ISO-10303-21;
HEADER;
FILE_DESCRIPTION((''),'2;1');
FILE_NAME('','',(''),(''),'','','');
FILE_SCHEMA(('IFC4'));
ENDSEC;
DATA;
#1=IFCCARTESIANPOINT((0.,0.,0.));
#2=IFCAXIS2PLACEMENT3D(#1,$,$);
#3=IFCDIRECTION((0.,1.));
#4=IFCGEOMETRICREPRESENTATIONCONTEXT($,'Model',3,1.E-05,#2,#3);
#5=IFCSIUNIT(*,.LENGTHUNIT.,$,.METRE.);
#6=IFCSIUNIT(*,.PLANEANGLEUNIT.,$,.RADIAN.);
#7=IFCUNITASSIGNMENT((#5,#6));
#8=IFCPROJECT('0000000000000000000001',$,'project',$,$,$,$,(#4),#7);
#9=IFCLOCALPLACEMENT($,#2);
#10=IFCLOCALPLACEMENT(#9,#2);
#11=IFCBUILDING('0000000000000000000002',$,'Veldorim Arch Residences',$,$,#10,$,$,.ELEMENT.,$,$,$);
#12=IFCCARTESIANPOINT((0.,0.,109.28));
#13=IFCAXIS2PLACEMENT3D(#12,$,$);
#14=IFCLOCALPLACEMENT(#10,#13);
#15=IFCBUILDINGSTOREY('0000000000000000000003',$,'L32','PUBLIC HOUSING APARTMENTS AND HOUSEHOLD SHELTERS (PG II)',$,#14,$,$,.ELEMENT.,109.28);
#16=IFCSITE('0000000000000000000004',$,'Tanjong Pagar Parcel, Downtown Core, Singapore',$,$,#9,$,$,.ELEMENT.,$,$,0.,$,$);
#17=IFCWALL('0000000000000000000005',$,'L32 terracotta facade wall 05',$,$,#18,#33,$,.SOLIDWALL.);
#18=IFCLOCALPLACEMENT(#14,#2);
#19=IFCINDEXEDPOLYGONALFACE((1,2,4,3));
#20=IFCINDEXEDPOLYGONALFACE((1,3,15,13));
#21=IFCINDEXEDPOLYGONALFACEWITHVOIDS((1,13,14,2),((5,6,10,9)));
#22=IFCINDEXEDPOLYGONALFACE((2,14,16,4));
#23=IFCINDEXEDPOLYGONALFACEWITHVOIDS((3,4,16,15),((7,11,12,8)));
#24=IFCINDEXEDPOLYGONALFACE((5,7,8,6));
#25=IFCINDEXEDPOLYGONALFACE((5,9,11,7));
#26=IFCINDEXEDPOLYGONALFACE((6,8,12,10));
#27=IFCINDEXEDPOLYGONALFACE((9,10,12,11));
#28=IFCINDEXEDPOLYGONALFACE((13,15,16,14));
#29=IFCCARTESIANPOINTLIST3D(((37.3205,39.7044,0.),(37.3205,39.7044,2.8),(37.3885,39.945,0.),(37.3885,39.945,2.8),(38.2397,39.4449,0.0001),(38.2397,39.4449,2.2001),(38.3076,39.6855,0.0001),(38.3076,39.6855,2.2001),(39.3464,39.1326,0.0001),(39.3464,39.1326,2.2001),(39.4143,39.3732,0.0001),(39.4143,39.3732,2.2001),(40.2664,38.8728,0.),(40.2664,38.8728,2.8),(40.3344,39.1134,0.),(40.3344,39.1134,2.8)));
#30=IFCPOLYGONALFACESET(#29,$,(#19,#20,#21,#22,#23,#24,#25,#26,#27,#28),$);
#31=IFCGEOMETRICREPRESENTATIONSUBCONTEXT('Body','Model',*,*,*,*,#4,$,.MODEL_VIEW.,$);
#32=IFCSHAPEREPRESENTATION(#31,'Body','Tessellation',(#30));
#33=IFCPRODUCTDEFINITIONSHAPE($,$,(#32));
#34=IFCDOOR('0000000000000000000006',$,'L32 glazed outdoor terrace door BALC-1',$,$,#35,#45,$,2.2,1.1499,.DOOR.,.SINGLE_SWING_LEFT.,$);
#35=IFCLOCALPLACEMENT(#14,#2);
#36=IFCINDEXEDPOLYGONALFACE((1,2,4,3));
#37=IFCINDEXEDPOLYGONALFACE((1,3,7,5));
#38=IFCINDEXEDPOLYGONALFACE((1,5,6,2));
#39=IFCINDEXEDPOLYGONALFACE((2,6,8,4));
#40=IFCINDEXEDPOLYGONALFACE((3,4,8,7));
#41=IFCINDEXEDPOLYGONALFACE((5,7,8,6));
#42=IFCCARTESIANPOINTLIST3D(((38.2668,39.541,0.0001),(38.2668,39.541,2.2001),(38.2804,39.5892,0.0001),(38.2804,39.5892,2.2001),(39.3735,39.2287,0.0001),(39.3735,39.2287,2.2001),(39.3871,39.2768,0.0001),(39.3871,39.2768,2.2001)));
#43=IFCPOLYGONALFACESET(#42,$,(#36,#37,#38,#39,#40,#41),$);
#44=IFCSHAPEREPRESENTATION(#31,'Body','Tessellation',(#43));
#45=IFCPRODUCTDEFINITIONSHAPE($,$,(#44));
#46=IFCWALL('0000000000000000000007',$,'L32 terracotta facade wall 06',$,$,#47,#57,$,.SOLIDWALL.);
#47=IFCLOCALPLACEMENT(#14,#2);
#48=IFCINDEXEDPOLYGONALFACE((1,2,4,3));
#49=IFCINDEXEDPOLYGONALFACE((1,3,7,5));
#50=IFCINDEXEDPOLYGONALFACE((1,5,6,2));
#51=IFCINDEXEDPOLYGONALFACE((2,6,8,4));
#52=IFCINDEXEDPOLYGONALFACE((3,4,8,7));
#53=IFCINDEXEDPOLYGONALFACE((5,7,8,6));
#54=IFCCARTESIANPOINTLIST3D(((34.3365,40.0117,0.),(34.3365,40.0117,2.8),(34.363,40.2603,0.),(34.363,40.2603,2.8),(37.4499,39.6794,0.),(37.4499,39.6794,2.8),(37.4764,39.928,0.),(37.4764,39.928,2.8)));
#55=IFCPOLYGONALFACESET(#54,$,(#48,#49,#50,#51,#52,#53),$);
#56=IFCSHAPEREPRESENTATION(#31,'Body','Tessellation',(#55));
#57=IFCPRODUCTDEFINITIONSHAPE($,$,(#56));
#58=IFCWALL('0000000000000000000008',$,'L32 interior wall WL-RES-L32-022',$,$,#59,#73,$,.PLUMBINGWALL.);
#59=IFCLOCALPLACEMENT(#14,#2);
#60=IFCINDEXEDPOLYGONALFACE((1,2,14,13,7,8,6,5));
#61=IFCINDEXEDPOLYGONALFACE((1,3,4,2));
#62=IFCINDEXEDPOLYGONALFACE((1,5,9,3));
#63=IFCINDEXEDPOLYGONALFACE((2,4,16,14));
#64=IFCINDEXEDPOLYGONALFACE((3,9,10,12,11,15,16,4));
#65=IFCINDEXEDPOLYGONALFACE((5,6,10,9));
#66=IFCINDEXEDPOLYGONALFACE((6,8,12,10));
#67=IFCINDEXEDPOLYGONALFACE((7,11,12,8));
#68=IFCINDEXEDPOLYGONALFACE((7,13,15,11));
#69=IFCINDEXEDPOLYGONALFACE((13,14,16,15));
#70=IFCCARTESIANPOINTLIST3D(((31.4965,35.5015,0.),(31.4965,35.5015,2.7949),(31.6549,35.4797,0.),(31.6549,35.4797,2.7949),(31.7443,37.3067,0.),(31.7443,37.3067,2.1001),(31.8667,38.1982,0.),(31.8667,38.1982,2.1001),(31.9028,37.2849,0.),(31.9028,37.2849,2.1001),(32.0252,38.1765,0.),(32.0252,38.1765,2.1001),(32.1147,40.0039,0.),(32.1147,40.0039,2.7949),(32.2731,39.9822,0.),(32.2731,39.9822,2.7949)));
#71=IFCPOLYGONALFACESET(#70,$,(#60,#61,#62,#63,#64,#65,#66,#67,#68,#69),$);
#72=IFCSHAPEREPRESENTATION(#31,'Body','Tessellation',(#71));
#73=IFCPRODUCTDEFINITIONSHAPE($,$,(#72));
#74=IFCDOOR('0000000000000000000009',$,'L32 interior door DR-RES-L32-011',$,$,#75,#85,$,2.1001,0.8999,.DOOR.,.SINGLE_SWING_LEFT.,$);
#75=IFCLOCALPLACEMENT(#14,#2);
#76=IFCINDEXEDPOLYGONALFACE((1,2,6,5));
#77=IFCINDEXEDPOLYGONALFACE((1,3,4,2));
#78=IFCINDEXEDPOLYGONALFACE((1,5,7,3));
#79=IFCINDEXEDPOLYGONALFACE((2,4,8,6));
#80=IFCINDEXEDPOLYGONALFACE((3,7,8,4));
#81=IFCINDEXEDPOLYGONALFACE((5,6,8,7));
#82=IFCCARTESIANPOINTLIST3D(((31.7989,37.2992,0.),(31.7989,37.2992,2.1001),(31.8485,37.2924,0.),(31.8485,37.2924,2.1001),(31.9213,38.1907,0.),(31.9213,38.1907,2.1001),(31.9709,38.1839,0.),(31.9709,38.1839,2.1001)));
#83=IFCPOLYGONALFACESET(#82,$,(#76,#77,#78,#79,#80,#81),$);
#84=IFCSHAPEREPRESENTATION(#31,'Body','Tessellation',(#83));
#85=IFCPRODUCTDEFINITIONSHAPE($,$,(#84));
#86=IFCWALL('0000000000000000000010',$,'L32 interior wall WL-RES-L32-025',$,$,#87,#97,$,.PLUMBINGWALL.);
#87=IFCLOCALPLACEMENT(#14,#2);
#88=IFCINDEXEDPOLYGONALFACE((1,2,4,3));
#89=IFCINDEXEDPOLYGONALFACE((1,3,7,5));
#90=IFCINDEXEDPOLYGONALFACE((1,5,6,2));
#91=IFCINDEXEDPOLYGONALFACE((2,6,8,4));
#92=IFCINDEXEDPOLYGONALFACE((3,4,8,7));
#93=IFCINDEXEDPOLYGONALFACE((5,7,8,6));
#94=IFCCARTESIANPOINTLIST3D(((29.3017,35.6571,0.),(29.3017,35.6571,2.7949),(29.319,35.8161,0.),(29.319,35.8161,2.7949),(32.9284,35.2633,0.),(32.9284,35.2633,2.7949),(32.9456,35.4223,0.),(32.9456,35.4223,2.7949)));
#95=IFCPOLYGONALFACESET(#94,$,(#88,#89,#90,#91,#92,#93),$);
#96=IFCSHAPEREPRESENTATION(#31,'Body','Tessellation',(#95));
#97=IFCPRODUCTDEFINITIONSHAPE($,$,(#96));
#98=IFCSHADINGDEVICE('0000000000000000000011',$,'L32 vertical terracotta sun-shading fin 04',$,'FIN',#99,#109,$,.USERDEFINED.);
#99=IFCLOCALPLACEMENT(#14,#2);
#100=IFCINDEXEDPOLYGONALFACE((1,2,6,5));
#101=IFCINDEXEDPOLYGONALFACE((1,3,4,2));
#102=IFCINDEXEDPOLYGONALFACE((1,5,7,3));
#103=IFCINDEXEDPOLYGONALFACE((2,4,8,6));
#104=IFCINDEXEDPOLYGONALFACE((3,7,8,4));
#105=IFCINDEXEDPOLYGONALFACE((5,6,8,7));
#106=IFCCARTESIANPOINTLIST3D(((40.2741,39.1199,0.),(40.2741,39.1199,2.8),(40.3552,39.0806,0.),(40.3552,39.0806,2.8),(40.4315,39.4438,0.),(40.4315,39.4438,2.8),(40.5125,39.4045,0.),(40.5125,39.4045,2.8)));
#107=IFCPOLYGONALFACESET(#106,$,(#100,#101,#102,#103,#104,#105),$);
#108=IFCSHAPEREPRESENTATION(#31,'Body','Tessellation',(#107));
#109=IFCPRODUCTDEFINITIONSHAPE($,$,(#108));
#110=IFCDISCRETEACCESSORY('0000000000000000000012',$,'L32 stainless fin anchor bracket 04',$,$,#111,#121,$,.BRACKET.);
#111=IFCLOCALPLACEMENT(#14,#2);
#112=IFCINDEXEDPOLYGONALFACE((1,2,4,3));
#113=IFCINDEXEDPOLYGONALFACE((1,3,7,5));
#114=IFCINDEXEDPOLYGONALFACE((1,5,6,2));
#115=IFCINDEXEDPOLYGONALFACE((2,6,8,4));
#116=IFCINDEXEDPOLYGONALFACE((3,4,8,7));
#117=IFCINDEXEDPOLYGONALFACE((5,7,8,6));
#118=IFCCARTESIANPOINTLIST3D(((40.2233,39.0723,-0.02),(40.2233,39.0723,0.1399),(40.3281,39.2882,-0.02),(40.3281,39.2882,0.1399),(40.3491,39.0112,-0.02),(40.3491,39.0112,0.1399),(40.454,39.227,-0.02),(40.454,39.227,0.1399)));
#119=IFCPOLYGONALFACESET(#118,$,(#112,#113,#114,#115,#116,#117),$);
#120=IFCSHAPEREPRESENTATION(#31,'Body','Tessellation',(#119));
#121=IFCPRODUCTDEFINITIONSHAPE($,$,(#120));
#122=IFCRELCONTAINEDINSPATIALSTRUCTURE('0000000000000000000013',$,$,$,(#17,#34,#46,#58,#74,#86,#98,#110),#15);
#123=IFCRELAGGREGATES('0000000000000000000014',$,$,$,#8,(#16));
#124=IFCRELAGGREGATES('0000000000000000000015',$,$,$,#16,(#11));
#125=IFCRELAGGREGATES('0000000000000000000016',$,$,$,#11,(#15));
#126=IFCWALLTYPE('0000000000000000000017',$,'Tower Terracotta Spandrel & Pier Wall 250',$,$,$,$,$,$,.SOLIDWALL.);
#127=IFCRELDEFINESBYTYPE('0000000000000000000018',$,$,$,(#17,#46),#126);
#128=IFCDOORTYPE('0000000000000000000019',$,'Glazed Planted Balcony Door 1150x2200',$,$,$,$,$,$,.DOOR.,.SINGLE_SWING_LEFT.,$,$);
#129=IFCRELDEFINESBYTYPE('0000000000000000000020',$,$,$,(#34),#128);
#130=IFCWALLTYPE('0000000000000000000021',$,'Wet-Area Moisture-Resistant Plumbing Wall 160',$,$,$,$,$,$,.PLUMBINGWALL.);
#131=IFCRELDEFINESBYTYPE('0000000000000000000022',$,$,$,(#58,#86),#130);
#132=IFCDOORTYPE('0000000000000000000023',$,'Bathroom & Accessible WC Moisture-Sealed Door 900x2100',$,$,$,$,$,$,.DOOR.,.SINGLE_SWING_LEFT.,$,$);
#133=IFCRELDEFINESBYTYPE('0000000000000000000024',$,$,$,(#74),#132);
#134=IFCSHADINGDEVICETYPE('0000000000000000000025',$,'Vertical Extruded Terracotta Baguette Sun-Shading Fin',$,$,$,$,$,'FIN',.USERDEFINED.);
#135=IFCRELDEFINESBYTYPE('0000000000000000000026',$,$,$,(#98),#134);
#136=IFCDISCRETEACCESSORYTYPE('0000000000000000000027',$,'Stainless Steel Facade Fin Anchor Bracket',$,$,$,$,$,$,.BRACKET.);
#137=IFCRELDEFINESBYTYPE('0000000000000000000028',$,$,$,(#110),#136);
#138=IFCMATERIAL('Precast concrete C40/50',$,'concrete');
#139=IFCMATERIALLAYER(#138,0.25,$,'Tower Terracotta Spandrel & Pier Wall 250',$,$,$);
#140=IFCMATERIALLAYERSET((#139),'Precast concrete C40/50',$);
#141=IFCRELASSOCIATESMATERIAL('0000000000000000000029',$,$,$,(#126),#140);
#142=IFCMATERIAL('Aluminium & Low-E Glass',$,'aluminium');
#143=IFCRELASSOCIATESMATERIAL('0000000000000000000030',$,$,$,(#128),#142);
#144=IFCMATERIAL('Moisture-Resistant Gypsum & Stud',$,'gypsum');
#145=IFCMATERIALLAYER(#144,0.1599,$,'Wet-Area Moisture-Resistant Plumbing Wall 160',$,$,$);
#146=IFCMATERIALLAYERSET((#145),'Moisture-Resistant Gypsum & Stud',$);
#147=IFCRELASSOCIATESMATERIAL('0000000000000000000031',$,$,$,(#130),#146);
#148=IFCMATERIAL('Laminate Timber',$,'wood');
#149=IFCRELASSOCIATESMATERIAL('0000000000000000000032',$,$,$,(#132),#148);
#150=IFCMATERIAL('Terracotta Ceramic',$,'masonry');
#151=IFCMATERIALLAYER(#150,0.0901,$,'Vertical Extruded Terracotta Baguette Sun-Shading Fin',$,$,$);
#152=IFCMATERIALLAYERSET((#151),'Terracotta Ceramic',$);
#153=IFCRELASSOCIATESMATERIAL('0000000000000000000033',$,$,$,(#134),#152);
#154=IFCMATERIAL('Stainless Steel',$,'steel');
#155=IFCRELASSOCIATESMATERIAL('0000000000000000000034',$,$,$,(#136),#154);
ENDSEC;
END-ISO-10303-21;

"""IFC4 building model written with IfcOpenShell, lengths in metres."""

from ifc_helpers import new_model, si_unit, direction, frame, frame_2d, origin, origin_2d, place, context, subcontext, project, spatial, rectangle, extrude, material, layer, layer_set, type_object, element, fill, save


model = new_model("IFC4")

# Units and contexts
model_context = context("Model", 3, precision=1e-05, world=origin(), true_north=direction((0.0, 1.0)))
body_context = subcontext(model_context, "Body", "Model", "MODEL_VIEW")
ifc_project = project(units=[si_unit("LENGTHUNIT", "METRE"), si_unit("PLANEANGLEUNIT", "RADIAN")], contexts=[model_context])

# Site, building, storey
site_placement = place(None, origin())
site = spatial("IfcSite", under=ifc_project, at=site_placement, Name="Tanjong Pagar Parcel, Downtown Core, Singapore", CompositionType="ELEMENT", RefElevation=0.0)
building_placement = place(site_placement, origin())
building = spatial("IfcBuilding", under=site, at=building_placement, Name="Veldorim Arch Residences", CompositionType="ELEMENT")
storey_placement = place(building_placement, frame((0.0, 0.0, 109.28)))
storey = spatial("IfcBuildingStorey", under=building, at=storey_placement, Name="L32", Description="PUBLIC HOUSING APARTMENTS AND HOUSEHOLD SHELTERS (PG II)", CompositionType="ELEMENT", Elevation=109.28)

# Wall, opening, door
ifc_material_1 = material(Name="Precast concrete C40/50", Category="concrete")
ifc_layer_1 = layer(ifc_material_1, 0.25, Name="Tower Terracotta Spandrel & Pier Wall 250")
ifc_layer_set_1 = layer_set([ifc_layer_1], Name="Precast concrete C40/50")
wall_type_1 = type_object("IfcWallType", Name="Tower Terracotta Spandrel & Pier Wall 250", PredefinedType="SOLIDWALL", material=ifc_layer_set_1)
wall_1_placement = place(storey_placement, frame((37.3545, 39.8247, 0.0), z_axis=(0.0, 0.0, 1.0), x_axis=(0.962392, -0.271665, 0.0)))
wall_1 = element("IfcWall", 1, at=wall_1_placement, inside=storey, type_object=wall_type_1, Name="L32 terracotta facade wall 05", PredefinedType="SOLIDWALL", context=body_context, shape_type="SweptSolid", body=[
    extrude(rectangle(XDim=3.061, YDim=0.25, at=frame_2d((1.5305, 0.0))), origin(), (0.0, 0.0, 1.0), 2.8),
])
opening_1_placement = place(wall_1_placement, frame((0.9551, 0.0, 0.0)))
opening_1 = element("IfcOpeningElement", 2, at=opening_1_placement, cuts=wall_1, PredefinedType="OPENING", context=body_context, shape_type="SweptSolid", body=[
    extrude(rectangle(XDim=1.1499, YDim=2.2, at=frame_2d((0.575, 1.1001))), frame((0.0, 0.135, 0.0), z_axis=(0.0, -1.0, 0.0), x_axis=(1.0, 0.0, 0.0)), (0.0, 0.0, 1.0), 0.27),
])
ifc_material_2 = material(Name="Aluminium & Low-E Glass", Category="aluminium")
door_type_1 = type_object("IfcDoorType", Name="Glazed Planted Balcony Door 1150x2200", OperationType="SINGLE_SWING_LEFT", PredefinedType="DOOR", material=ifc_material_2)
door_1_placement = place(opening_1_placement, origin())
door_1 = element("IfcDoor", 3, at=door_1_placement, inside=storey, type_object=door_type_1, Name="L32 glazed outdoor terrace door BALC-1", OperationType="SINGLE_SWING_LEFT", OverallHeight=2.2, OverallWidth=1.1499, PredefinedType="DOOR", context=body_context, shape_type="SweptSolid", body=[
    extrude(rectangle(XDim=1.1499, YDim=2.2, at=frame_2d((0.575, 1.1001))), frame((0.0, 0.0249, 0.0), z_axis=(0.0, -1.0, 0.0), x_axis=(1.0, 0.0, 0.0)), (0.0, 0.0, 1.0), 0.05),
])
fill(opening_1, door_1)

# Wall
wall_2_placement = place(storey_placement, frame((34.3499, 40.136, 0.0), z_axis=(0.0, 0.0, 1.0), x_axis=(0.994354, -0.106117, 0.0)))
element("IfcWall", 4, at=wall_2_placement, inside=storey, type_object=wall_type_1, Name="L32 terracotta facade wall 06", PredefinedType="SOLIDWALL", context=body_context, shape_type="SweptSolid", body=[
    extrude(rectangle(XDim=3.1311, YDim=0.25, at=frame_2d((1.5654, 0.0))), origin(), (0.0, 0.0, 1.0), 2.8),
])

# Wall, opening, door
ifc_material_3 = material(Name="Moisture-Resistant Gypsum & Stud", Category="gypsum")
ifc_layer_2 = layer(ifc_material_3, 0.1599, Name="Wet-Area Moisture-Resistant Plumbing Wall 160")
ifc_layer_set_2 = layer_set([ifc_layer_2], Name="Moisture-Resistant Gypsum & Stud")
wall_type_2 = type_object("IfcWallType", Name="Wet-Area Moisture-Resistant Plumbing Wall 160", PredefinedType="PLUMBINGWALL", material=ifc_layer_set_2)
wall_3_placement = place(storey_placement, frame((31.5757, 35.4905, 0.0), z_axis=(0.0, 0.0, 1.0), x_axis=(0.136019, 0.990706, 0.0)))
wall_3 = element("IfcWall", 5, at=wall_3_placement, inside=storey, type_object=wall_type_2, Name="L32 interior wall WL-RES-L32-022", PredefinedType="PLUMBINGWALL", context=body_context, shape_type="SweptSolid", body=[
    extrude(rectangle(XDim=4.5447, YDim=0.1599, at=frame_2d((2.2725, 0.0))), origin(), (0.0, 0.0, 1.0), 2.7949),
])
opening_2_placement = place(wall_3_placement, frame((1.8223, 0.0, 0.0)))
opening_2 = element("IfcOpeningElement", 6, at=opening_2_placement, cuts=wall_3, PredefinedType="OPENING", context=body_context, shape_type="SweptSolid", body=[
    extrude(rectangle(XDim=0.8999, YDim=2.1001, at=frame_2d((0.45, 1.05))), frame((0.0, 0.0898, 0.0), z_axis=(0.0, -1.0, 0.0), x_axis=(1.0, 0.0, 0.0)), (0.0, 0.0, 1.0), 0.1799),
])
ifc_material_4 = material(Name="Laminate Timber", Category="wood")
door_type_2 = type_object("IfcDoorType", Name="Bathroom & Accessible WC Moisture-Sealed Door 900x2100", OperationType="SINGLE_SWING_LEFT", PredefinedType="DOOR", material=ifc_material_4)
door_2_placement = place(opening_2_placement, origin())
door_2 = element("IfcDoor", 7, at=door_2_placement, inside=storey, type_object=door_type_2, Name="L32 interior door DR-RES-L32-011", OperationType="SINGLE_SWING_LEFT", OverallHeight=2.1001, OverallWidth=0.8999, PredefinedType="DOOR", context=body_context, shape_type="SweptSolid", body=[
    extrude(rectangle(XDim=0.8999, YDim=2.1001, at=frame_2d((0.45, 1.05))), frame((0.0, 0.0249, 0.0), z_axis=(0.0, -1.0, 0.0), x_axis=(1.0, 0.0, 0.0)), (0.0, 0.0, 1.0), 0.05),
])
fill(opening_2, door_2)

# Wall
wall_4_placement = place(storey_placement, frame((32.937, 35.3428, 0.0), z_axis=(0.0, 0.0, 1.0), x_axis=(-0.994156, 0.107948, 0.0)))
element("IfcWall", 8, at=wall_4_placement, inside=storey, type_object=wall_type_2, Name="L32 interior wall WL-RES-L32-025", PredefinedType="PLUMBINGWALL", context=body_context, shape_type="SweptSolid", body=[
    extrude(rectangle(XDim=3.6479, YDim=0.1599, at=frame_2d((1.824, 0.0))), origin(), (0.0, 0.0, 1.0), 2.7949),
])

# Shading device
ifc_material_5 = material(Name="Terracotta Ceramic", Category="masonry")
ifc_layer_3 = layer(ifc_material_5, 0.0901, Name="Vertical Extruded Terracotta Baguette Sun-Shading Fin")
ifc_layer_set_3 = layer_set([ifc_layer_3], Name="Terracotta Ceramic")
shading_device_type = type_object("IfcShadingDeviceType", Name="Vertical Extruded Terracotta Baguette Sun-Shading Fin", ElementType="FIN", PredefinedType="USERDEFINED", material=ifc_layer_set_3)
shading_device_placement = place(storey_placement, frame((40.3933, 39.2622, 0.0), z_axis=(0.0, 0.0, 1.0), x_axis=(0.899482, -0.436959, 0.0)))
element("IfcShadingDevice", 9, at=shading_device_placement, inside=storey, type_object=shading_device_type, Name="L32 vertical terracotta sun-shading fin 04", ObjectType="FIN", PredefinedType="USERDEFINED", context=body_context, shape_type="SweptSolid", body=[
    extrude(rectangle(XDim=0.0901, YDim=0.3601, at=origin_2d()), origin(), (0.0, 0.0, 1.0), 2.8),
])

# Discrete accessory
ifc_material_6 = material(Name="Stainless Steel", Category="steel")
discrete_accessory_type = type_object("IfcDiscreteAccessoryType", Name="Stainless Steel Facade Fin Anchor Bracket", PredefinedType="BRACKET", material=ifc_material_6)
discrete_accessory_placement = place(storey_placement, frame((40.3386, 39.1497, -0.02), z_axis=(0.0, 0.0, 1.0), x_axis=(0.899482, -0.436959, 0.0)))
element("IfcDiscreteAccessory", 10, at=discrete_accessory_placement, inside=storey, type_object=discrete_accessory_type, Name="L32 stainless fin anchor bracket 04", PredefinedType="BRACKET", context=body_context, shape_type="SweptSolid", body=[
    extrude(rectangle(XDim=0.1399, YDim=0.24, at=origin_2d()), origin(), (0.0, 0.0, 1.0), 0.1599),
])

save(model, "model.ifc")
